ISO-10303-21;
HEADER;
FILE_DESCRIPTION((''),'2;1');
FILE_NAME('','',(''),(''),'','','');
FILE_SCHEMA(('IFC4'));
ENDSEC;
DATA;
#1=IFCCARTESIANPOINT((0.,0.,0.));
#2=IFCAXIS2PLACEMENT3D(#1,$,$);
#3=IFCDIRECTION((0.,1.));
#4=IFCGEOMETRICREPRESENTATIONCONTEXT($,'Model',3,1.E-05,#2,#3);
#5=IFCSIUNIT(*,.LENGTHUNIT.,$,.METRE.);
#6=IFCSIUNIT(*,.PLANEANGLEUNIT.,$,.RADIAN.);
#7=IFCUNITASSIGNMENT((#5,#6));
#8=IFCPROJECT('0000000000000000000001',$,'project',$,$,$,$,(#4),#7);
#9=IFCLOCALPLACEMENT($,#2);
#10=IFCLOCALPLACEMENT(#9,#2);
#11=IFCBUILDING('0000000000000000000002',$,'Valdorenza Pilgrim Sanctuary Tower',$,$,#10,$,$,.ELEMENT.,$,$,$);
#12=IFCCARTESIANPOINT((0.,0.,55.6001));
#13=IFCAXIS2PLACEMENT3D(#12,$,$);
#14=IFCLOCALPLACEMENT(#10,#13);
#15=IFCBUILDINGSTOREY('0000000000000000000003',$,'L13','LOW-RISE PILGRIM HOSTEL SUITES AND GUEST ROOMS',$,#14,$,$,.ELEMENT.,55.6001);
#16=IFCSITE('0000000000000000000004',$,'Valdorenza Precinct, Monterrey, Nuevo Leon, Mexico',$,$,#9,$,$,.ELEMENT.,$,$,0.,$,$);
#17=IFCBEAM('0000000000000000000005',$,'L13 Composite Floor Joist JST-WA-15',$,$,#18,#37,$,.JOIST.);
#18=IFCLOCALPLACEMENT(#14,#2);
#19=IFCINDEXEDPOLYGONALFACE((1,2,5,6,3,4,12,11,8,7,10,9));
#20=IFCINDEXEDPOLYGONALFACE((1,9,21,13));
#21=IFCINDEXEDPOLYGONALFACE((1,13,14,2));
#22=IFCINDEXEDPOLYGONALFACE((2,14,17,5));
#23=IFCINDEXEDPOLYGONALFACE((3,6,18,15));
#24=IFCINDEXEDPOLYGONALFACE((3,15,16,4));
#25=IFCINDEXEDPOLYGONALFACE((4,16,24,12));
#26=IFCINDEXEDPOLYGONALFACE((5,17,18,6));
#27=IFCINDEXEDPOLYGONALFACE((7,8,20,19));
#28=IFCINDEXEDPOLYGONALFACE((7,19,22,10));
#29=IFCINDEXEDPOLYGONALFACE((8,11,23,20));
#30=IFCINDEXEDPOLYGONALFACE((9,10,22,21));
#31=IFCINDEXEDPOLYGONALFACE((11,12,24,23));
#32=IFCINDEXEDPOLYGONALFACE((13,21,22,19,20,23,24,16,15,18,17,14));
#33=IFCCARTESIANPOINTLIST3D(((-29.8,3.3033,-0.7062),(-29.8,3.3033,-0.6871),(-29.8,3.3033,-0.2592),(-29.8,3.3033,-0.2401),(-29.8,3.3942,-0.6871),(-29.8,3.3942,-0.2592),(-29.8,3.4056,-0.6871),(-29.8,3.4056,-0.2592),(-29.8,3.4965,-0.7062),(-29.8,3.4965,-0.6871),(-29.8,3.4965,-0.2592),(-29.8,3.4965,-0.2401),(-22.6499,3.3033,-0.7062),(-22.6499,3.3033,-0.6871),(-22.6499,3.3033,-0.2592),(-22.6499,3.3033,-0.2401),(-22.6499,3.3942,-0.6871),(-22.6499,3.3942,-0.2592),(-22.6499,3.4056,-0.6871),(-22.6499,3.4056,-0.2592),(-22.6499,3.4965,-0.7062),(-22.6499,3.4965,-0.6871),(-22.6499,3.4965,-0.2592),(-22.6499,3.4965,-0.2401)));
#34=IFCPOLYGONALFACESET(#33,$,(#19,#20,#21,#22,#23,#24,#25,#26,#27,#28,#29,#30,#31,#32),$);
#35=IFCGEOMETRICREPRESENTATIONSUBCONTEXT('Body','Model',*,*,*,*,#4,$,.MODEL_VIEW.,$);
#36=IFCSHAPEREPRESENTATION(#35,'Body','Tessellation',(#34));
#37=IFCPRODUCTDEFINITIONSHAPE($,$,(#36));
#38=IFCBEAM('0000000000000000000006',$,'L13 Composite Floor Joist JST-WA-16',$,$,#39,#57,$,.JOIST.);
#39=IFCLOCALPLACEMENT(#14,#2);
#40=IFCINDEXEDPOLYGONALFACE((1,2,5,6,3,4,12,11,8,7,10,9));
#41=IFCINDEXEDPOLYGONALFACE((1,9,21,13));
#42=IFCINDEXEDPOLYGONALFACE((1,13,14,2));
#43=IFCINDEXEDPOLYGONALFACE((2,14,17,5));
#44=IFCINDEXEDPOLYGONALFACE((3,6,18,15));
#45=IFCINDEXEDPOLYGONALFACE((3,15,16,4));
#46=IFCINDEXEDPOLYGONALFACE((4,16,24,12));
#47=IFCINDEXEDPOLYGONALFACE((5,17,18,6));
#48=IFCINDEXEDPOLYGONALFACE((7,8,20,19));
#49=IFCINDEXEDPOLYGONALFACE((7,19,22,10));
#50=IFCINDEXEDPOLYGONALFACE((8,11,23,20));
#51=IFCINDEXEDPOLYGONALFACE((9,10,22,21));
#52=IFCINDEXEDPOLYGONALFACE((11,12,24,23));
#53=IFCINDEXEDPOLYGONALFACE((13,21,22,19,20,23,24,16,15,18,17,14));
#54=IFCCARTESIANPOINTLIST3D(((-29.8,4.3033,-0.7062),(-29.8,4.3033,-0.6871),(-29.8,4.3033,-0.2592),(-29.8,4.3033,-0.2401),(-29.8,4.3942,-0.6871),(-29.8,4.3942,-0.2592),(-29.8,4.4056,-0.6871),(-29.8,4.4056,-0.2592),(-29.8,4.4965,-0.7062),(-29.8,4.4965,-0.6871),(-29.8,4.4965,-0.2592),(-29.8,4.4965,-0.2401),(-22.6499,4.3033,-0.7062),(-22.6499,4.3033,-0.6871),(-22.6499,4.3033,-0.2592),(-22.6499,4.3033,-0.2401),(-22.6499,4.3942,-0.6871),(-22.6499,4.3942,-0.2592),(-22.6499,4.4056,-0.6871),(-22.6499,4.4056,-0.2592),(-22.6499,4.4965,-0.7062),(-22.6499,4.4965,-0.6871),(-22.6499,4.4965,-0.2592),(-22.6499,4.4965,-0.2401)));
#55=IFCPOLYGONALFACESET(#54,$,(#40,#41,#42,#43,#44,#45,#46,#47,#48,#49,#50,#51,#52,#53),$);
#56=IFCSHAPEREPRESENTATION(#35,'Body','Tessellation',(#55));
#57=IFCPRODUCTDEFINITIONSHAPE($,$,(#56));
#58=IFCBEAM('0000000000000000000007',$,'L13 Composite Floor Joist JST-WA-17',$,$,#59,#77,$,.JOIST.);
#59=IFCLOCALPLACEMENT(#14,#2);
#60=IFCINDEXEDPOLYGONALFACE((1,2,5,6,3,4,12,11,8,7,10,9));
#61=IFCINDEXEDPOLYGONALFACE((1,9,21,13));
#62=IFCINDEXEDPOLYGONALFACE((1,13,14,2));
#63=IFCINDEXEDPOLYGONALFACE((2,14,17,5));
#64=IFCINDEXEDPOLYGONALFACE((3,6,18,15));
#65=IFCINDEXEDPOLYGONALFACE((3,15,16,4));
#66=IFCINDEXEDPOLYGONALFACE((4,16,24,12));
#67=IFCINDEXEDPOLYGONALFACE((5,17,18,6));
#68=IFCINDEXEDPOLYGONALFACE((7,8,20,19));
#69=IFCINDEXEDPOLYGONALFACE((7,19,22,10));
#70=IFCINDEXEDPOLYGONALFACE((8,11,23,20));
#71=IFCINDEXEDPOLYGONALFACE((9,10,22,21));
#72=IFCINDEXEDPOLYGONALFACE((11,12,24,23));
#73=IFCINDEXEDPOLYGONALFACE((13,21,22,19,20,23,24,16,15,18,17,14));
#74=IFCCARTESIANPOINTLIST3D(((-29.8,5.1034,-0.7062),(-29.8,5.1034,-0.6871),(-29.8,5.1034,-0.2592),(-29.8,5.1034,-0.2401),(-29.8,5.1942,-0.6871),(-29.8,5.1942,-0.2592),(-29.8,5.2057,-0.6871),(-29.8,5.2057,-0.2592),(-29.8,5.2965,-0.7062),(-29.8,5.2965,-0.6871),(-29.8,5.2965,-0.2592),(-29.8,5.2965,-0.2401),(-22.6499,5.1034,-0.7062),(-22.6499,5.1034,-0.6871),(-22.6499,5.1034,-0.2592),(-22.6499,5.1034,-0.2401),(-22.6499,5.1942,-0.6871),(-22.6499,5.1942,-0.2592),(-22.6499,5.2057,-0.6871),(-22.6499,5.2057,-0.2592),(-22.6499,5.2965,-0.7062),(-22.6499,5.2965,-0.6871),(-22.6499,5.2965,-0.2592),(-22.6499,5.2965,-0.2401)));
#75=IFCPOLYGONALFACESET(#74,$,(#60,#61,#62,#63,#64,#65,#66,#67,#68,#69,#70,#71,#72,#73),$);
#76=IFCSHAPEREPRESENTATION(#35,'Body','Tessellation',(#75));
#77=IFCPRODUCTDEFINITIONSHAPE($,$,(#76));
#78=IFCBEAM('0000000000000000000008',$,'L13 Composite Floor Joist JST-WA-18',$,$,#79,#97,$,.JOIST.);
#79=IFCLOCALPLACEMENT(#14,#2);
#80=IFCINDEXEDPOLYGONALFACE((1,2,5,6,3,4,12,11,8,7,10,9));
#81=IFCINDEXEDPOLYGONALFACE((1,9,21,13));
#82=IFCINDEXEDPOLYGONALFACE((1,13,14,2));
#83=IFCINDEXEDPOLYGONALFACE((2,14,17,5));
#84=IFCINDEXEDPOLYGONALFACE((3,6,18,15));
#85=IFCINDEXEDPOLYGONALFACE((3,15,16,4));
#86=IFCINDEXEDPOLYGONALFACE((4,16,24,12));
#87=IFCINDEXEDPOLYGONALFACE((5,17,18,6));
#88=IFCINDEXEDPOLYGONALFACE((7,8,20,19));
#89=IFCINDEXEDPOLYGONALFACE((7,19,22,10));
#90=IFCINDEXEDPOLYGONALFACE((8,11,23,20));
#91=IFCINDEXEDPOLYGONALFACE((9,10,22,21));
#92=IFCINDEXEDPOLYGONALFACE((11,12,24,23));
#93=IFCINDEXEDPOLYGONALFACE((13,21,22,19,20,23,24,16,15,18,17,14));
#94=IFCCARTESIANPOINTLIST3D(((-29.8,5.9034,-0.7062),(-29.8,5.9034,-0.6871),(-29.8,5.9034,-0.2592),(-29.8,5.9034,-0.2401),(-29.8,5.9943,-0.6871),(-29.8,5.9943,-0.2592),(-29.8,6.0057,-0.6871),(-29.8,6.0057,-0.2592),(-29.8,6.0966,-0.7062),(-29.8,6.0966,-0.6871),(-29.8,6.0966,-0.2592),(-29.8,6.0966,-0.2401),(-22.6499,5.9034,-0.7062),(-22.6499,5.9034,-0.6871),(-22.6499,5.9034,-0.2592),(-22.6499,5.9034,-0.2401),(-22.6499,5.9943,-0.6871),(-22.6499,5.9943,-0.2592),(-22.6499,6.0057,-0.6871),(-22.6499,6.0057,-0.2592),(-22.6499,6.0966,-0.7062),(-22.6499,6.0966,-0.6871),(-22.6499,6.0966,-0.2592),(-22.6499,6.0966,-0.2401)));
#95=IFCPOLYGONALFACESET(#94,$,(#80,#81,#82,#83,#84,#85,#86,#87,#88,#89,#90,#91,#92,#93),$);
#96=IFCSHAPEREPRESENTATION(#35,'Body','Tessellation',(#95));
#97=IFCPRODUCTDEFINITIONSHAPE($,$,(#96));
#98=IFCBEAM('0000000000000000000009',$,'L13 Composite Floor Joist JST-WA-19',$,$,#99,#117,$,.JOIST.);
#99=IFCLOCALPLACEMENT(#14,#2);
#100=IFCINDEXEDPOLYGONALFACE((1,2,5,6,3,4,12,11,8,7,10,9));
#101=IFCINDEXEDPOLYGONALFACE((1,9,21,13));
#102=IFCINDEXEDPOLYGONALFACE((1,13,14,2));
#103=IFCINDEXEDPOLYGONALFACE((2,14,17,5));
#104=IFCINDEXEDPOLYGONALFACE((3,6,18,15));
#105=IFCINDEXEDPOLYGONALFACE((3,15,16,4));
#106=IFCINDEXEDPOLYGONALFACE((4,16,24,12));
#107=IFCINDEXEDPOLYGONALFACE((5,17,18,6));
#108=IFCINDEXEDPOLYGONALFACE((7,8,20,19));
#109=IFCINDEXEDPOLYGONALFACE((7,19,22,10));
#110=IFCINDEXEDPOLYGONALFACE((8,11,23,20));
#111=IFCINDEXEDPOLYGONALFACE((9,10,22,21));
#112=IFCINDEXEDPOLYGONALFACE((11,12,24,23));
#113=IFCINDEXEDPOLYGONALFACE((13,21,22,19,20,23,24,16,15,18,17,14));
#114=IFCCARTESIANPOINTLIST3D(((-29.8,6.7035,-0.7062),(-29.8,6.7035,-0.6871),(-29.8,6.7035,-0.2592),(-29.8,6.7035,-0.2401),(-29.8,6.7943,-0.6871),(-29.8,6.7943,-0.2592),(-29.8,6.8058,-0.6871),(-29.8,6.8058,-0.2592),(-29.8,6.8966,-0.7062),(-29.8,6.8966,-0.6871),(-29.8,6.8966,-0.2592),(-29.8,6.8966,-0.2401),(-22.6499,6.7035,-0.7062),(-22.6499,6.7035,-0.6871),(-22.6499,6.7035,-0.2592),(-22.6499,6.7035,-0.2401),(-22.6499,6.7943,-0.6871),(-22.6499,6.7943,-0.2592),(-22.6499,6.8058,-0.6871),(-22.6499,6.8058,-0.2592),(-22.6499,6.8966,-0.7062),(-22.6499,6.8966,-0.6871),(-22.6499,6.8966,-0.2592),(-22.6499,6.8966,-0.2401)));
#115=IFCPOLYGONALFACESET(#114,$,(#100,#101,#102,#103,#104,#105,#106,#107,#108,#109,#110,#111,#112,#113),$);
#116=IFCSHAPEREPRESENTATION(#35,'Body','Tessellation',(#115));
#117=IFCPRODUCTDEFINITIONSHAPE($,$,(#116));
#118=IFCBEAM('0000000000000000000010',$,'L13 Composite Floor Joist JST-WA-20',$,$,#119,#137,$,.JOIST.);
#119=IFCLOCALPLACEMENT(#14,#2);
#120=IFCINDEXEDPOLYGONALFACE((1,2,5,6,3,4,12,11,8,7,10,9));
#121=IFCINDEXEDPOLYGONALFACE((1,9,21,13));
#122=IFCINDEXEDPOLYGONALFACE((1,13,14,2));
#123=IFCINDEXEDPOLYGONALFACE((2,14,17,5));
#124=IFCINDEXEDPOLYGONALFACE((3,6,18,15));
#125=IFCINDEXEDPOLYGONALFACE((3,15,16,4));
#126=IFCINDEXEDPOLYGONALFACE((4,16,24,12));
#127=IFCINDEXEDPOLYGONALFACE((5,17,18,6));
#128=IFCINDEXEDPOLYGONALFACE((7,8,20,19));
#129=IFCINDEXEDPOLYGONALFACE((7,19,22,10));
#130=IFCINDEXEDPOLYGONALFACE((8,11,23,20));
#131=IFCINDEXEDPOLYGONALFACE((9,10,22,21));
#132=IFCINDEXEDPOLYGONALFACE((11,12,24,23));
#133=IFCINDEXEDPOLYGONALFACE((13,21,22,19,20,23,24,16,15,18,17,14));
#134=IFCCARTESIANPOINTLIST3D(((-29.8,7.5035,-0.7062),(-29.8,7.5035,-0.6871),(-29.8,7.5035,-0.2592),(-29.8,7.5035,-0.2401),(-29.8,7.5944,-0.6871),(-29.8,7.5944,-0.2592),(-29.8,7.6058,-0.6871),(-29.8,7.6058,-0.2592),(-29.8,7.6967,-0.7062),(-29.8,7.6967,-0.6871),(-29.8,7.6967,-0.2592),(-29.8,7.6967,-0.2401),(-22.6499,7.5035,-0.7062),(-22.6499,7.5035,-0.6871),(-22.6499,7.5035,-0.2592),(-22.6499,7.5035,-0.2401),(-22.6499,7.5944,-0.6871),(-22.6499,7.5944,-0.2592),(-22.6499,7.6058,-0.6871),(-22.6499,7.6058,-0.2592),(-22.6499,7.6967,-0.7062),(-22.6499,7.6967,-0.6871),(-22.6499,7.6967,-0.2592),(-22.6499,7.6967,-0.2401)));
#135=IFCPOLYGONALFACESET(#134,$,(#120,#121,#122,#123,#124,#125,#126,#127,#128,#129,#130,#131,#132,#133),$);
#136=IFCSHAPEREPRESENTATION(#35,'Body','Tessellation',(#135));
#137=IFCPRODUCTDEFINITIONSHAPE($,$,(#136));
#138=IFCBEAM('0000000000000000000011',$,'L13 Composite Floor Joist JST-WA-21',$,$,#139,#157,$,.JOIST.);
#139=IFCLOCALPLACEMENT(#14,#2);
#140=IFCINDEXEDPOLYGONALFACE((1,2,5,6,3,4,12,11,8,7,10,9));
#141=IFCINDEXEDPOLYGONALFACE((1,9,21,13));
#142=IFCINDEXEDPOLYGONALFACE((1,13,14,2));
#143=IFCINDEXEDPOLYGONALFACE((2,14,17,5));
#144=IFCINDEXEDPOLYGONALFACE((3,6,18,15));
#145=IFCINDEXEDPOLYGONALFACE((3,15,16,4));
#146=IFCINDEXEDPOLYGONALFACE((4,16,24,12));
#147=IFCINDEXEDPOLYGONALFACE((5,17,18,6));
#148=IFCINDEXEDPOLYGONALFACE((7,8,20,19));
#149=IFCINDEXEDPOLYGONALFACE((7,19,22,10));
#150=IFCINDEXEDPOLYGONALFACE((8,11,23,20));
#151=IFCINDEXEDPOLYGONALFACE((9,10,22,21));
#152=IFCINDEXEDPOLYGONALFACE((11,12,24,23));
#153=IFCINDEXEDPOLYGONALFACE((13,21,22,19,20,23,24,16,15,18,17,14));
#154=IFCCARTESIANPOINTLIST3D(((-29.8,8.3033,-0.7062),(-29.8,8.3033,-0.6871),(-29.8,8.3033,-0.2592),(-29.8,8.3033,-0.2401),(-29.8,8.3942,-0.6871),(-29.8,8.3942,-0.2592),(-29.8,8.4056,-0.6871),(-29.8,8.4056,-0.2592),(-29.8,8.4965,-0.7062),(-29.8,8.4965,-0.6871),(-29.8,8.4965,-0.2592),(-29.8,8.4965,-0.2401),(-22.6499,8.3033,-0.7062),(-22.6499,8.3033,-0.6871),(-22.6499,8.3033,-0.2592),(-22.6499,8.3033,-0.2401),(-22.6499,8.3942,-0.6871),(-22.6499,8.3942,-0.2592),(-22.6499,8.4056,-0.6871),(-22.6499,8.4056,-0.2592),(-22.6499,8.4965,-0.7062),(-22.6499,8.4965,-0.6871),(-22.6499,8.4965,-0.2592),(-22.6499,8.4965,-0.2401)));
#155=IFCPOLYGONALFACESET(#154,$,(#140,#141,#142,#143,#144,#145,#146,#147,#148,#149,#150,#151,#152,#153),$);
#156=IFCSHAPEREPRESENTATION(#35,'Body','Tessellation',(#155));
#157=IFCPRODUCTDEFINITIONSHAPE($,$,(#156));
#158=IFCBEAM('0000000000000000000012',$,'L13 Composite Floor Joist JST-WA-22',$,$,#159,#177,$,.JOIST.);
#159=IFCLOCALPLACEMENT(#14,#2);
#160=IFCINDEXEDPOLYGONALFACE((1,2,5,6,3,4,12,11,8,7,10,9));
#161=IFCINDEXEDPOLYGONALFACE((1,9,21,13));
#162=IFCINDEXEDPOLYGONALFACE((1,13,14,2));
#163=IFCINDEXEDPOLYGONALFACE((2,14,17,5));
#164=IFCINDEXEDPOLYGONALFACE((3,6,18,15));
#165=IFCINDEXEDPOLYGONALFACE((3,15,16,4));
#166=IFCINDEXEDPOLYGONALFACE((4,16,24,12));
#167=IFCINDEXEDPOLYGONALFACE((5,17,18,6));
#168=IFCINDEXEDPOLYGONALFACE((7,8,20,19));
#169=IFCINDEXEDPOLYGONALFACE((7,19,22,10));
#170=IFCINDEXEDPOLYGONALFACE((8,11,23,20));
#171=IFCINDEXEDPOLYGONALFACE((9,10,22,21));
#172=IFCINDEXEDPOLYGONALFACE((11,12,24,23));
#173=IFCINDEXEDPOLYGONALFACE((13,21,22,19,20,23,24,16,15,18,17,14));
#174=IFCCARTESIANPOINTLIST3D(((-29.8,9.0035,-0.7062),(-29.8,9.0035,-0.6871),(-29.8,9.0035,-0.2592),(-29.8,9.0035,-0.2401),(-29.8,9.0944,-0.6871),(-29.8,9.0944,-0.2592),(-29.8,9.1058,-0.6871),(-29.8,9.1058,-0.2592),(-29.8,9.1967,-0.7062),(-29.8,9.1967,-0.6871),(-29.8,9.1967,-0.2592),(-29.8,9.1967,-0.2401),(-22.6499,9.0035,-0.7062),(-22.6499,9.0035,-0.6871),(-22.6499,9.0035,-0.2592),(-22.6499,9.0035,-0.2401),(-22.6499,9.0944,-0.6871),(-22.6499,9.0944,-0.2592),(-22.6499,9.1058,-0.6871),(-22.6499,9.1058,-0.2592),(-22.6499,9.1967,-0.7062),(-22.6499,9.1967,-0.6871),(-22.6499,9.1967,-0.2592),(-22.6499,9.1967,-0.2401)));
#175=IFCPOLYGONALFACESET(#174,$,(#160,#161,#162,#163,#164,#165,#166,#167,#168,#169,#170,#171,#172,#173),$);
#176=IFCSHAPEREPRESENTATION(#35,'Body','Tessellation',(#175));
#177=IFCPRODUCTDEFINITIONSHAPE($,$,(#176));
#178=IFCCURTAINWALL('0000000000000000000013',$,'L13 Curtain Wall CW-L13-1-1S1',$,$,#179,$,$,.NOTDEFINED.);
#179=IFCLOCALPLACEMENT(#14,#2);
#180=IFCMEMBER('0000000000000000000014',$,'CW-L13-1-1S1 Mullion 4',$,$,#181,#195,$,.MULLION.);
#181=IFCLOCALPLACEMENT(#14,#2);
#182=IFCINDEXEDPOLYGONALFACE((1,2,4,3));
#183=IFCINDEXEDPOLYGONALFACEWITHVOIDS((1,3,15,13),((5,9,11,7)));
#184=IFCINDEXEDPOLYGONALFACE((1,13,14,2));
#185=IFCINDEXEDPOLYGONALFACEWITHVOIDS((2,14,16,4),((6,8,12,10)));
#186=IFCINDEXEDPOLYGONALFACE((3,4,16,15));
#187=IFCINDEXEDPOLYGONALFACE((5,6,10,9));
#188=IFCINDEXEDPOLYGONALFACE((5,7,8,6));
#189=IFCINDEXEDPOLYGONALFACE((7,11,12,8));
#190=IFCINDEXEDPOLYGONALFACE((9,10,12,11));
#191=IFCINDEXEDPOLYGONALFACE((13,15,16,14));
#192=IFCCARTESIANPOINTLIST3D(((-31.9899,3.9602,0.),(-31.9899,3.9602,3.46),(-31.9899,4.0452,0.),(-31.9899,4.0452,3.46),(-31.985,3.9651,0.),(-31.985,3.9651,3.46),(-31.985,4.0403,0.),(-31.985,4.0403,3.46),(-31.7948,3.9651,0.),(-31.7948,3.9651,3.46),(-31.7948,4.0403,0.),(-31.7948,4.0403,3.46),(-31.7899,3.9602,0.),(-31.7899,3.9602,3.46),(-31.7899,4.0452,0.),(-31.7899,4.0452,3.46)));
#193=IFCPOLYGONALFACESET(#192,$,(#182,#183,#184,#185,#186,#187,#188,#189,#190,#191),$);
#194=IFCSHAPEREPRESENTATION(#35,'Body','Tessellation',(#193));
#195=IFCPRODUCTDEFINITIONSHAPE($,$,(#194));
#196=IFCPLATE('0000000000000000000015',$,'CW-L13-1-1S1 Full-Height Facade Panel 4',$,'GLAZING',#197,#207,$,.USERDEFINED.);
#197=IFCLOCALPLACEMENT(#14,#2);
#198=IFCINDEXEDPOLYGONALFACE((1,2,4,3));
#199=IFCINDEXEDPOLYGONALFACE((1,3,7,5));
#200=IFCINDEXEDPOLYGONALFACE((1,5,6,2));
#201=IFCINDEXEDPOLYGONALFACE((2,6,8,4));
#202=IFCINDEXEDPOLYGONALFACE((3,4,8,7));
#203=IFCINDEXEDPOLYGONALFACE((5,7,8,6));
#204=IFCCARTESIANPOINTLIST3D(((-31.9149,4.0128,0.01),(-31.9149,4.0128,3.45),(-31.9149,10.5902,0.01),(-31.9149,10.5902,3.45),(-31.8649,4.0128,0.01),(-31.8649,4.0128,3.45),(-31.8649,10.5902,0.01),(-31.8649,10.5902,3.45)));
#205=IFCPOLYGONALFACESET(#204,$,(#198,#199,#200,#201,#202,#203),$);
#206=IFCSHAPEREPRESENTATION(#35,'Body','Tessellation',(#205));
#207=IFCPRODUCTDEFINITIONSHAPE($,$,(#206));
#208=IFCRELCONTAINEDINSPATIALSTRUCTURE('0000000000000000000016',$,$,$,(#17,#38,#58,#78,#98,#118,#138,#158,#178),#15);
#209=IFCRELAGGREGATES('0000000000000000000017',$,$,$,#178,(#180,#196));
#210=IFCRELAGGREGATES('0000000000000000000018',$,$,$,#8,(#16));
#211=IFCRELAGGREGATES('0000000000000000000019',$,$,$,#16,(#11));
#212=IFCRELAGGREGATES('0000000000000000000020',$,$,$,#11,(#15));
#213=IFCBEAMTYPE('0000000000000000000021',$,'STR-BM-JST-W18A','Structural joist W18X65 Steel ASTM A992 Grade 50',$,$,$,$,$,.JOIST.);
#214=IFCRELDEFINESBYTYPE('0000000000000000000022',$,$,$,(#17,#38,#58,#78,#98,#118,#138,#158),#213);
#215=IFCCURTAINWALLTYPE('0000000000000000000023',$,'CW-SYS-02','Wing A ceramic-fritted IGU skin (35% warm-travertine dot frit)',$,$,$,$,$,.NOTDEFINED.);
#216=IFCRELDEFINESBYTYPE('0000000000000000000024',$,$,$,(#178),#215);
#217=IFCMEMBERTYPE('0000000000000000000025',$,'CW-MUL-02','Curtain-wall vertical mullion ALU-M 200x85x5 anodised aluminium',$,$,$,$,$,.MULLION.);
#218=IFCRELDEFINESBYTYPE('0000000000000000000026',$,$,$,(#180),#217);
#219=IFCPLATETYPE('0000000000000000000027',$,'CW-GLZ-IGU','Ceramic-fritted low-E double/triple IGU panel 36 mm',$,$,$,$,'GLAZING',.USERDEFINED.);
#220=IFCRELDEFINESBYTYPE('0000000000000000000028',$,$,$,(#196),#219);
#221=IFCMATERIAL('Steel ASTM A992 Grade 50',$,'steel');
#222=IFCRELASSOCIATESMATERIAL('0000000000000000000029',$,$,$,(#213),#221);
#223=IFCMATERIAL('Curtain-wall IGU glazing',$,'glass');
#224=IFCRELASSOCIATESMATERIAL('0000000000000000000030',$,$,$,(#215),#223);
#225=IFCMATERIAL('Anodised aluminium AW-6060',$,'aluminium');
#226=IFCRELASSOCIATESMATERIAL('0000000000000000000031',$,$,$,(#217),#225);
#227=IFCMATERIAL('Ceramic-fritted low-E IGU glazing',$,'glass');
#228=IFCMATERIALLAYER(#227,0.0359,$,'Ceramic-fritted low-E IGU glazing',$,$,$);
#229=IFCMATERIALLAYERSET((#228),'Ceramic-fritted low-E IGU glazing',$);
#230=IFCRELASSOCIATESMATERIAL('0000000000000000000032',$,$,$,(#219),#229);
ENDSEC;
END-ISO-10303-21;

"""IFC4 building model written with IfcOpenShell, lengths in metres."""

from ifc_helpers import new_model, si_unit, direction, frame, origin, origin_2d, place, context, subcontext, project, spatial, rectangle, hollow_rectangle, i_section, extrude, source, transform, mapped, material, layer, layer_set, material_profile, profile_set, type_object, element, aggregate, save


model = new_model("IFC4")

# Units and contexts
model_context = context("Model", 3, precision=1e-05, world=origin(), true_north=direction((0.0, 1.0)))
body_context = subcontext(model_context, "Body", "Model", "MODEL_VIEW")
ifc_project = project(units=[si_unit("LENGTHUNIT", "METRE"), si_unit("PLANEANGLEUNIT", "RADIAN")], contexts=[model_context])

# Site, building, storey
site_placement = place(None, origin())
site = spatial("IfcSite", under=ifc_project, at=site_placement, Name="Valdorenza Precinct, Monterrey, Nuevo Leon, Mexico", CompositionType="ELEMENT", RefElevation=0.0)
building_placement = place(site_placement, origin())
building = spatial("IfcBuilding", under=site, at=building_placement, Name="Valdorenza Pilgrim Sanctuary Tower", CompositionType="ELEMENT")
storey_placement = place(building_placement, frame((0.0, 0.0, 55.6001)))
storey = spatial("IfcBuildingStorey", under=building, at=storey_placement, Name="L13", Description="LOW-RISE PILGRIM HOSTEL SUITES AND GUEST ROOMS", CompositionType="ELEMENT", Elevation=55.6001)

# Beams
ifc_material_1 = material(Name="Steel ASTM A992 Grade 50", Category="steel")
ifc_material_profile_1 = material_profile(ifc_material_1, i_section(OverallWidth=0.1931, OverallDepth=0.4661, WebThickness=0.0115, FlangeThickness=0.019, at=origin_2d()), Name="W18X65")
ifc_profile_set_1 = profile_set([ifc_material_profile_1], Name="Steel ASTM A992 Grade 50")
beam_type = type_object("IfcBeamType", Name="STR-BM-JST-W18A", Description="Structural joist W18X65 Steel ASTM A992 Grade 50", PredefinedType="JOIST", material=ifc_profile_set_1)
shared_shape_1 = source(origin(), body_context, "Body", "SweptSolid", [
    extrude(i_section(OverallWidth=0.1931, OverallDepth=0.4661, WebThickness=0.0115, FlangeThickness=0.019, at=origin_2d()), origin(), (0.0, 0.0, 1.0), 7.1501),
])
for number, where, z_axis, x_axis, name in (
    (1, (-29.8, 3.3999, -0.4731), (1.0, 0.0, 0.0), (0.0, 1.0, 0.0), "L13 Composite Floor Joist JST-WA-15"),
    (2, (-29.8, 4.3999, -0.4731), (1.0, 0.0, 0.0), (0.0, 1.0, 0.0), "L13 Composite Floor Joist JST-WA-16"),
    (3, (-29.8, 5.2, -0.4731), (1.0, 0.0, 0.0), (0.0, 1.0, 0.0), "L13 Composite Floor Joist JST-WA-17"),
    (4, (-29.8, 6.0, -0.4731), (1.0, 0.0, 0.0), (0.0, 1.0, 0.0), "L13 Composite Floor Joist JST-WA-18"),
    (5, (-29.8, 6.8, -0.4731), (1.0, 0.0, 0.0), (0.0, 1.0, 0.0), "L13 Composite Floor Joist JST-WA-19"),
    (6, (-29.8, 7.6001, -0.4731), (1.0, 0.0, 0.0), (0.0, 1.0, 0.0), "L13 Composite Floor Joist JST-WA-20"),
    (7, (-29.8, 8.3999, -0.4731), (1.0, 0.0, 0.0), (0.0, 1.0, 0.0), "L13 Composite Floor Joist JST-WA-21"),
    (8, (-29.8, 9.1001, -0.4731), (1.0, 0.0, 0.0), (0.0, 1.0, 0.0), "L13 Composite Floor Joist JST-WA-22"),
):
    element("IfcBeam", number, at=place(storey_placement, frame(where, z_axis=z_axis, x_axis=x_axis)), inside=storey, type_object=beam_type, Name=name, PredefinedType="JOIST", context=body_context, shape_type="MappedRepresentation", body=[
        mapped(shared_shape_1, transform((0.0, 0.0, 0.0), x_axis=(1.0, 0.0, 0.0), y_axis=(0.0, 1.0, 0.0), z_axis=(0.0, 0.0, 1.0), scale=1.0)),
    ])

# Curtain wall, member, plate
ifc_material_2 = material(Name="Curtain-wall IGU glazing", Category="glass")
curtain_wall_type = type_object("IfcCurtainWallType", Name="CW-SYS-02", Description="Wing A ceramic-fritted IGU skin (35% warm-travertine dot frit)", PredefinedType="NOTDEFINED", material=ifc_material_2)
curtain_wall_placement = place(storey_placement, origin())
curtain_wall = element("IfcCurtainWall", 9, at=curtain_wall_placement, inside=storey, type_object=curtain_wall_type, Name="L13 Curtain Wall CW-L13-1-1S1", PredefinedType="NOTDEFINED")
ifc_material_3 = material(Name="Anodised aluminium AW-6060", Category="aluminium")
ifc_material_profile_2 = material_profile(ifc_material_3, hollow_rectangle(XDim=0.085, YDim=0.2, WallThickness=0.0049, at=origin_2d()), Name="ALU-M 200x85x5")
ifc_profile_set_2 = profile_set([ifc_material_profile_2], Name="Anodised aluminium AW-6060")
member_type = type_object("IfcMemberType", Name="CW-MUL-02", Description="Curtain-wall vertical mullion ALU-M 200x85x5 anodised aluminium", PredefinedType="MULLION", material=ifc_profile_set_2)
shared_shape_2 = source(origin(), body_context, "Body", "SweptSolid", [
    extrude(hollow_rectangle(XDim=0.085, YDim=0.2, WallThickness=0.0049, at=origin_2d()), origin(), (0.0, 0.0, 1.0), 3.46),
])
member_placement = place(storey_placement, frame((-31.8899, 4.0027, 0.0), z_axis=(0.0, 0.0, 1.0), x_axis=(0.0, 1.0, 0.0)))
member = element("IfcMember", 10, at=member_placement, type_object=member_type, Name="CW-L13-1-1S1 Mullion 4", PredefinedType="MULLION", context=body_context, shape_type="MappedRepresentation", body=[
    mapped(shared_shape_2, transform((0.0, 0.0, 0.0), x_axis=(1.0, 0.0, 0.0), y_axis=(0.0, 1.0, 0.0), z_axis=(0.0, 0.0, 1.0), scale=1.0)),
])
ifc_material_4 = material(Name="Ceramic-fritted low-E IGU glazing", Category="glass")
ifc_layer_1 = layer(ifc_material_4, 0.0359, Name="Ceramic-fritted low-E IGU glazing")
ifc_layer_set_1 = layer_set([ifc_layer_1], Name="Ceramic-fritted low-E IGU glazing")
plate_type = type_object("IfcPlateType", Name="CW-GLZ-IGU", Description="Ceramic-fritted low-E double/triple IGU panel 36 mm", ElementType="GLAZING", PredefinedType="USERDEFINED", material=ifc_layer_set_1)
shared_shape_3 = source(origin(), body_context, "Body", "SweptSolid", [
    extrude(rectangle(XDim=6.5774, YDim=0.05, at=origin_2d()), origin(), (0.0, 0.0, 1.0), 3.4399),
])
plate_placement = place(storey_placement, frame((-31.8899, 7.3015, 0.01), z_axis=(0.0, 0.0, 1.0), x_axis=(0.0, 1.0, 0.0)))
plate = element("IfcPlate", 11, at=plate_placement, type_object=plate_type, Name="CW-L13-1-1S1 Full-Height Facade Panel 4", ObjectType="GLAZING", PredefinedType="USERDEFINED", context=body_context, shape_type="MappedRepresentation", body=[
    mapped(shared_shape_3, transform((0.0, 0.0, 0.0), x_axis=(1.0, 0.0, 0.0), y_axis=(0.0, 1.0, 0.0), z_axis=(0.0, 0.0, 1.0), scale=1.0)),
])
aggregate(curtain_wall, [member, plate])

save(model, "model.ifc")
